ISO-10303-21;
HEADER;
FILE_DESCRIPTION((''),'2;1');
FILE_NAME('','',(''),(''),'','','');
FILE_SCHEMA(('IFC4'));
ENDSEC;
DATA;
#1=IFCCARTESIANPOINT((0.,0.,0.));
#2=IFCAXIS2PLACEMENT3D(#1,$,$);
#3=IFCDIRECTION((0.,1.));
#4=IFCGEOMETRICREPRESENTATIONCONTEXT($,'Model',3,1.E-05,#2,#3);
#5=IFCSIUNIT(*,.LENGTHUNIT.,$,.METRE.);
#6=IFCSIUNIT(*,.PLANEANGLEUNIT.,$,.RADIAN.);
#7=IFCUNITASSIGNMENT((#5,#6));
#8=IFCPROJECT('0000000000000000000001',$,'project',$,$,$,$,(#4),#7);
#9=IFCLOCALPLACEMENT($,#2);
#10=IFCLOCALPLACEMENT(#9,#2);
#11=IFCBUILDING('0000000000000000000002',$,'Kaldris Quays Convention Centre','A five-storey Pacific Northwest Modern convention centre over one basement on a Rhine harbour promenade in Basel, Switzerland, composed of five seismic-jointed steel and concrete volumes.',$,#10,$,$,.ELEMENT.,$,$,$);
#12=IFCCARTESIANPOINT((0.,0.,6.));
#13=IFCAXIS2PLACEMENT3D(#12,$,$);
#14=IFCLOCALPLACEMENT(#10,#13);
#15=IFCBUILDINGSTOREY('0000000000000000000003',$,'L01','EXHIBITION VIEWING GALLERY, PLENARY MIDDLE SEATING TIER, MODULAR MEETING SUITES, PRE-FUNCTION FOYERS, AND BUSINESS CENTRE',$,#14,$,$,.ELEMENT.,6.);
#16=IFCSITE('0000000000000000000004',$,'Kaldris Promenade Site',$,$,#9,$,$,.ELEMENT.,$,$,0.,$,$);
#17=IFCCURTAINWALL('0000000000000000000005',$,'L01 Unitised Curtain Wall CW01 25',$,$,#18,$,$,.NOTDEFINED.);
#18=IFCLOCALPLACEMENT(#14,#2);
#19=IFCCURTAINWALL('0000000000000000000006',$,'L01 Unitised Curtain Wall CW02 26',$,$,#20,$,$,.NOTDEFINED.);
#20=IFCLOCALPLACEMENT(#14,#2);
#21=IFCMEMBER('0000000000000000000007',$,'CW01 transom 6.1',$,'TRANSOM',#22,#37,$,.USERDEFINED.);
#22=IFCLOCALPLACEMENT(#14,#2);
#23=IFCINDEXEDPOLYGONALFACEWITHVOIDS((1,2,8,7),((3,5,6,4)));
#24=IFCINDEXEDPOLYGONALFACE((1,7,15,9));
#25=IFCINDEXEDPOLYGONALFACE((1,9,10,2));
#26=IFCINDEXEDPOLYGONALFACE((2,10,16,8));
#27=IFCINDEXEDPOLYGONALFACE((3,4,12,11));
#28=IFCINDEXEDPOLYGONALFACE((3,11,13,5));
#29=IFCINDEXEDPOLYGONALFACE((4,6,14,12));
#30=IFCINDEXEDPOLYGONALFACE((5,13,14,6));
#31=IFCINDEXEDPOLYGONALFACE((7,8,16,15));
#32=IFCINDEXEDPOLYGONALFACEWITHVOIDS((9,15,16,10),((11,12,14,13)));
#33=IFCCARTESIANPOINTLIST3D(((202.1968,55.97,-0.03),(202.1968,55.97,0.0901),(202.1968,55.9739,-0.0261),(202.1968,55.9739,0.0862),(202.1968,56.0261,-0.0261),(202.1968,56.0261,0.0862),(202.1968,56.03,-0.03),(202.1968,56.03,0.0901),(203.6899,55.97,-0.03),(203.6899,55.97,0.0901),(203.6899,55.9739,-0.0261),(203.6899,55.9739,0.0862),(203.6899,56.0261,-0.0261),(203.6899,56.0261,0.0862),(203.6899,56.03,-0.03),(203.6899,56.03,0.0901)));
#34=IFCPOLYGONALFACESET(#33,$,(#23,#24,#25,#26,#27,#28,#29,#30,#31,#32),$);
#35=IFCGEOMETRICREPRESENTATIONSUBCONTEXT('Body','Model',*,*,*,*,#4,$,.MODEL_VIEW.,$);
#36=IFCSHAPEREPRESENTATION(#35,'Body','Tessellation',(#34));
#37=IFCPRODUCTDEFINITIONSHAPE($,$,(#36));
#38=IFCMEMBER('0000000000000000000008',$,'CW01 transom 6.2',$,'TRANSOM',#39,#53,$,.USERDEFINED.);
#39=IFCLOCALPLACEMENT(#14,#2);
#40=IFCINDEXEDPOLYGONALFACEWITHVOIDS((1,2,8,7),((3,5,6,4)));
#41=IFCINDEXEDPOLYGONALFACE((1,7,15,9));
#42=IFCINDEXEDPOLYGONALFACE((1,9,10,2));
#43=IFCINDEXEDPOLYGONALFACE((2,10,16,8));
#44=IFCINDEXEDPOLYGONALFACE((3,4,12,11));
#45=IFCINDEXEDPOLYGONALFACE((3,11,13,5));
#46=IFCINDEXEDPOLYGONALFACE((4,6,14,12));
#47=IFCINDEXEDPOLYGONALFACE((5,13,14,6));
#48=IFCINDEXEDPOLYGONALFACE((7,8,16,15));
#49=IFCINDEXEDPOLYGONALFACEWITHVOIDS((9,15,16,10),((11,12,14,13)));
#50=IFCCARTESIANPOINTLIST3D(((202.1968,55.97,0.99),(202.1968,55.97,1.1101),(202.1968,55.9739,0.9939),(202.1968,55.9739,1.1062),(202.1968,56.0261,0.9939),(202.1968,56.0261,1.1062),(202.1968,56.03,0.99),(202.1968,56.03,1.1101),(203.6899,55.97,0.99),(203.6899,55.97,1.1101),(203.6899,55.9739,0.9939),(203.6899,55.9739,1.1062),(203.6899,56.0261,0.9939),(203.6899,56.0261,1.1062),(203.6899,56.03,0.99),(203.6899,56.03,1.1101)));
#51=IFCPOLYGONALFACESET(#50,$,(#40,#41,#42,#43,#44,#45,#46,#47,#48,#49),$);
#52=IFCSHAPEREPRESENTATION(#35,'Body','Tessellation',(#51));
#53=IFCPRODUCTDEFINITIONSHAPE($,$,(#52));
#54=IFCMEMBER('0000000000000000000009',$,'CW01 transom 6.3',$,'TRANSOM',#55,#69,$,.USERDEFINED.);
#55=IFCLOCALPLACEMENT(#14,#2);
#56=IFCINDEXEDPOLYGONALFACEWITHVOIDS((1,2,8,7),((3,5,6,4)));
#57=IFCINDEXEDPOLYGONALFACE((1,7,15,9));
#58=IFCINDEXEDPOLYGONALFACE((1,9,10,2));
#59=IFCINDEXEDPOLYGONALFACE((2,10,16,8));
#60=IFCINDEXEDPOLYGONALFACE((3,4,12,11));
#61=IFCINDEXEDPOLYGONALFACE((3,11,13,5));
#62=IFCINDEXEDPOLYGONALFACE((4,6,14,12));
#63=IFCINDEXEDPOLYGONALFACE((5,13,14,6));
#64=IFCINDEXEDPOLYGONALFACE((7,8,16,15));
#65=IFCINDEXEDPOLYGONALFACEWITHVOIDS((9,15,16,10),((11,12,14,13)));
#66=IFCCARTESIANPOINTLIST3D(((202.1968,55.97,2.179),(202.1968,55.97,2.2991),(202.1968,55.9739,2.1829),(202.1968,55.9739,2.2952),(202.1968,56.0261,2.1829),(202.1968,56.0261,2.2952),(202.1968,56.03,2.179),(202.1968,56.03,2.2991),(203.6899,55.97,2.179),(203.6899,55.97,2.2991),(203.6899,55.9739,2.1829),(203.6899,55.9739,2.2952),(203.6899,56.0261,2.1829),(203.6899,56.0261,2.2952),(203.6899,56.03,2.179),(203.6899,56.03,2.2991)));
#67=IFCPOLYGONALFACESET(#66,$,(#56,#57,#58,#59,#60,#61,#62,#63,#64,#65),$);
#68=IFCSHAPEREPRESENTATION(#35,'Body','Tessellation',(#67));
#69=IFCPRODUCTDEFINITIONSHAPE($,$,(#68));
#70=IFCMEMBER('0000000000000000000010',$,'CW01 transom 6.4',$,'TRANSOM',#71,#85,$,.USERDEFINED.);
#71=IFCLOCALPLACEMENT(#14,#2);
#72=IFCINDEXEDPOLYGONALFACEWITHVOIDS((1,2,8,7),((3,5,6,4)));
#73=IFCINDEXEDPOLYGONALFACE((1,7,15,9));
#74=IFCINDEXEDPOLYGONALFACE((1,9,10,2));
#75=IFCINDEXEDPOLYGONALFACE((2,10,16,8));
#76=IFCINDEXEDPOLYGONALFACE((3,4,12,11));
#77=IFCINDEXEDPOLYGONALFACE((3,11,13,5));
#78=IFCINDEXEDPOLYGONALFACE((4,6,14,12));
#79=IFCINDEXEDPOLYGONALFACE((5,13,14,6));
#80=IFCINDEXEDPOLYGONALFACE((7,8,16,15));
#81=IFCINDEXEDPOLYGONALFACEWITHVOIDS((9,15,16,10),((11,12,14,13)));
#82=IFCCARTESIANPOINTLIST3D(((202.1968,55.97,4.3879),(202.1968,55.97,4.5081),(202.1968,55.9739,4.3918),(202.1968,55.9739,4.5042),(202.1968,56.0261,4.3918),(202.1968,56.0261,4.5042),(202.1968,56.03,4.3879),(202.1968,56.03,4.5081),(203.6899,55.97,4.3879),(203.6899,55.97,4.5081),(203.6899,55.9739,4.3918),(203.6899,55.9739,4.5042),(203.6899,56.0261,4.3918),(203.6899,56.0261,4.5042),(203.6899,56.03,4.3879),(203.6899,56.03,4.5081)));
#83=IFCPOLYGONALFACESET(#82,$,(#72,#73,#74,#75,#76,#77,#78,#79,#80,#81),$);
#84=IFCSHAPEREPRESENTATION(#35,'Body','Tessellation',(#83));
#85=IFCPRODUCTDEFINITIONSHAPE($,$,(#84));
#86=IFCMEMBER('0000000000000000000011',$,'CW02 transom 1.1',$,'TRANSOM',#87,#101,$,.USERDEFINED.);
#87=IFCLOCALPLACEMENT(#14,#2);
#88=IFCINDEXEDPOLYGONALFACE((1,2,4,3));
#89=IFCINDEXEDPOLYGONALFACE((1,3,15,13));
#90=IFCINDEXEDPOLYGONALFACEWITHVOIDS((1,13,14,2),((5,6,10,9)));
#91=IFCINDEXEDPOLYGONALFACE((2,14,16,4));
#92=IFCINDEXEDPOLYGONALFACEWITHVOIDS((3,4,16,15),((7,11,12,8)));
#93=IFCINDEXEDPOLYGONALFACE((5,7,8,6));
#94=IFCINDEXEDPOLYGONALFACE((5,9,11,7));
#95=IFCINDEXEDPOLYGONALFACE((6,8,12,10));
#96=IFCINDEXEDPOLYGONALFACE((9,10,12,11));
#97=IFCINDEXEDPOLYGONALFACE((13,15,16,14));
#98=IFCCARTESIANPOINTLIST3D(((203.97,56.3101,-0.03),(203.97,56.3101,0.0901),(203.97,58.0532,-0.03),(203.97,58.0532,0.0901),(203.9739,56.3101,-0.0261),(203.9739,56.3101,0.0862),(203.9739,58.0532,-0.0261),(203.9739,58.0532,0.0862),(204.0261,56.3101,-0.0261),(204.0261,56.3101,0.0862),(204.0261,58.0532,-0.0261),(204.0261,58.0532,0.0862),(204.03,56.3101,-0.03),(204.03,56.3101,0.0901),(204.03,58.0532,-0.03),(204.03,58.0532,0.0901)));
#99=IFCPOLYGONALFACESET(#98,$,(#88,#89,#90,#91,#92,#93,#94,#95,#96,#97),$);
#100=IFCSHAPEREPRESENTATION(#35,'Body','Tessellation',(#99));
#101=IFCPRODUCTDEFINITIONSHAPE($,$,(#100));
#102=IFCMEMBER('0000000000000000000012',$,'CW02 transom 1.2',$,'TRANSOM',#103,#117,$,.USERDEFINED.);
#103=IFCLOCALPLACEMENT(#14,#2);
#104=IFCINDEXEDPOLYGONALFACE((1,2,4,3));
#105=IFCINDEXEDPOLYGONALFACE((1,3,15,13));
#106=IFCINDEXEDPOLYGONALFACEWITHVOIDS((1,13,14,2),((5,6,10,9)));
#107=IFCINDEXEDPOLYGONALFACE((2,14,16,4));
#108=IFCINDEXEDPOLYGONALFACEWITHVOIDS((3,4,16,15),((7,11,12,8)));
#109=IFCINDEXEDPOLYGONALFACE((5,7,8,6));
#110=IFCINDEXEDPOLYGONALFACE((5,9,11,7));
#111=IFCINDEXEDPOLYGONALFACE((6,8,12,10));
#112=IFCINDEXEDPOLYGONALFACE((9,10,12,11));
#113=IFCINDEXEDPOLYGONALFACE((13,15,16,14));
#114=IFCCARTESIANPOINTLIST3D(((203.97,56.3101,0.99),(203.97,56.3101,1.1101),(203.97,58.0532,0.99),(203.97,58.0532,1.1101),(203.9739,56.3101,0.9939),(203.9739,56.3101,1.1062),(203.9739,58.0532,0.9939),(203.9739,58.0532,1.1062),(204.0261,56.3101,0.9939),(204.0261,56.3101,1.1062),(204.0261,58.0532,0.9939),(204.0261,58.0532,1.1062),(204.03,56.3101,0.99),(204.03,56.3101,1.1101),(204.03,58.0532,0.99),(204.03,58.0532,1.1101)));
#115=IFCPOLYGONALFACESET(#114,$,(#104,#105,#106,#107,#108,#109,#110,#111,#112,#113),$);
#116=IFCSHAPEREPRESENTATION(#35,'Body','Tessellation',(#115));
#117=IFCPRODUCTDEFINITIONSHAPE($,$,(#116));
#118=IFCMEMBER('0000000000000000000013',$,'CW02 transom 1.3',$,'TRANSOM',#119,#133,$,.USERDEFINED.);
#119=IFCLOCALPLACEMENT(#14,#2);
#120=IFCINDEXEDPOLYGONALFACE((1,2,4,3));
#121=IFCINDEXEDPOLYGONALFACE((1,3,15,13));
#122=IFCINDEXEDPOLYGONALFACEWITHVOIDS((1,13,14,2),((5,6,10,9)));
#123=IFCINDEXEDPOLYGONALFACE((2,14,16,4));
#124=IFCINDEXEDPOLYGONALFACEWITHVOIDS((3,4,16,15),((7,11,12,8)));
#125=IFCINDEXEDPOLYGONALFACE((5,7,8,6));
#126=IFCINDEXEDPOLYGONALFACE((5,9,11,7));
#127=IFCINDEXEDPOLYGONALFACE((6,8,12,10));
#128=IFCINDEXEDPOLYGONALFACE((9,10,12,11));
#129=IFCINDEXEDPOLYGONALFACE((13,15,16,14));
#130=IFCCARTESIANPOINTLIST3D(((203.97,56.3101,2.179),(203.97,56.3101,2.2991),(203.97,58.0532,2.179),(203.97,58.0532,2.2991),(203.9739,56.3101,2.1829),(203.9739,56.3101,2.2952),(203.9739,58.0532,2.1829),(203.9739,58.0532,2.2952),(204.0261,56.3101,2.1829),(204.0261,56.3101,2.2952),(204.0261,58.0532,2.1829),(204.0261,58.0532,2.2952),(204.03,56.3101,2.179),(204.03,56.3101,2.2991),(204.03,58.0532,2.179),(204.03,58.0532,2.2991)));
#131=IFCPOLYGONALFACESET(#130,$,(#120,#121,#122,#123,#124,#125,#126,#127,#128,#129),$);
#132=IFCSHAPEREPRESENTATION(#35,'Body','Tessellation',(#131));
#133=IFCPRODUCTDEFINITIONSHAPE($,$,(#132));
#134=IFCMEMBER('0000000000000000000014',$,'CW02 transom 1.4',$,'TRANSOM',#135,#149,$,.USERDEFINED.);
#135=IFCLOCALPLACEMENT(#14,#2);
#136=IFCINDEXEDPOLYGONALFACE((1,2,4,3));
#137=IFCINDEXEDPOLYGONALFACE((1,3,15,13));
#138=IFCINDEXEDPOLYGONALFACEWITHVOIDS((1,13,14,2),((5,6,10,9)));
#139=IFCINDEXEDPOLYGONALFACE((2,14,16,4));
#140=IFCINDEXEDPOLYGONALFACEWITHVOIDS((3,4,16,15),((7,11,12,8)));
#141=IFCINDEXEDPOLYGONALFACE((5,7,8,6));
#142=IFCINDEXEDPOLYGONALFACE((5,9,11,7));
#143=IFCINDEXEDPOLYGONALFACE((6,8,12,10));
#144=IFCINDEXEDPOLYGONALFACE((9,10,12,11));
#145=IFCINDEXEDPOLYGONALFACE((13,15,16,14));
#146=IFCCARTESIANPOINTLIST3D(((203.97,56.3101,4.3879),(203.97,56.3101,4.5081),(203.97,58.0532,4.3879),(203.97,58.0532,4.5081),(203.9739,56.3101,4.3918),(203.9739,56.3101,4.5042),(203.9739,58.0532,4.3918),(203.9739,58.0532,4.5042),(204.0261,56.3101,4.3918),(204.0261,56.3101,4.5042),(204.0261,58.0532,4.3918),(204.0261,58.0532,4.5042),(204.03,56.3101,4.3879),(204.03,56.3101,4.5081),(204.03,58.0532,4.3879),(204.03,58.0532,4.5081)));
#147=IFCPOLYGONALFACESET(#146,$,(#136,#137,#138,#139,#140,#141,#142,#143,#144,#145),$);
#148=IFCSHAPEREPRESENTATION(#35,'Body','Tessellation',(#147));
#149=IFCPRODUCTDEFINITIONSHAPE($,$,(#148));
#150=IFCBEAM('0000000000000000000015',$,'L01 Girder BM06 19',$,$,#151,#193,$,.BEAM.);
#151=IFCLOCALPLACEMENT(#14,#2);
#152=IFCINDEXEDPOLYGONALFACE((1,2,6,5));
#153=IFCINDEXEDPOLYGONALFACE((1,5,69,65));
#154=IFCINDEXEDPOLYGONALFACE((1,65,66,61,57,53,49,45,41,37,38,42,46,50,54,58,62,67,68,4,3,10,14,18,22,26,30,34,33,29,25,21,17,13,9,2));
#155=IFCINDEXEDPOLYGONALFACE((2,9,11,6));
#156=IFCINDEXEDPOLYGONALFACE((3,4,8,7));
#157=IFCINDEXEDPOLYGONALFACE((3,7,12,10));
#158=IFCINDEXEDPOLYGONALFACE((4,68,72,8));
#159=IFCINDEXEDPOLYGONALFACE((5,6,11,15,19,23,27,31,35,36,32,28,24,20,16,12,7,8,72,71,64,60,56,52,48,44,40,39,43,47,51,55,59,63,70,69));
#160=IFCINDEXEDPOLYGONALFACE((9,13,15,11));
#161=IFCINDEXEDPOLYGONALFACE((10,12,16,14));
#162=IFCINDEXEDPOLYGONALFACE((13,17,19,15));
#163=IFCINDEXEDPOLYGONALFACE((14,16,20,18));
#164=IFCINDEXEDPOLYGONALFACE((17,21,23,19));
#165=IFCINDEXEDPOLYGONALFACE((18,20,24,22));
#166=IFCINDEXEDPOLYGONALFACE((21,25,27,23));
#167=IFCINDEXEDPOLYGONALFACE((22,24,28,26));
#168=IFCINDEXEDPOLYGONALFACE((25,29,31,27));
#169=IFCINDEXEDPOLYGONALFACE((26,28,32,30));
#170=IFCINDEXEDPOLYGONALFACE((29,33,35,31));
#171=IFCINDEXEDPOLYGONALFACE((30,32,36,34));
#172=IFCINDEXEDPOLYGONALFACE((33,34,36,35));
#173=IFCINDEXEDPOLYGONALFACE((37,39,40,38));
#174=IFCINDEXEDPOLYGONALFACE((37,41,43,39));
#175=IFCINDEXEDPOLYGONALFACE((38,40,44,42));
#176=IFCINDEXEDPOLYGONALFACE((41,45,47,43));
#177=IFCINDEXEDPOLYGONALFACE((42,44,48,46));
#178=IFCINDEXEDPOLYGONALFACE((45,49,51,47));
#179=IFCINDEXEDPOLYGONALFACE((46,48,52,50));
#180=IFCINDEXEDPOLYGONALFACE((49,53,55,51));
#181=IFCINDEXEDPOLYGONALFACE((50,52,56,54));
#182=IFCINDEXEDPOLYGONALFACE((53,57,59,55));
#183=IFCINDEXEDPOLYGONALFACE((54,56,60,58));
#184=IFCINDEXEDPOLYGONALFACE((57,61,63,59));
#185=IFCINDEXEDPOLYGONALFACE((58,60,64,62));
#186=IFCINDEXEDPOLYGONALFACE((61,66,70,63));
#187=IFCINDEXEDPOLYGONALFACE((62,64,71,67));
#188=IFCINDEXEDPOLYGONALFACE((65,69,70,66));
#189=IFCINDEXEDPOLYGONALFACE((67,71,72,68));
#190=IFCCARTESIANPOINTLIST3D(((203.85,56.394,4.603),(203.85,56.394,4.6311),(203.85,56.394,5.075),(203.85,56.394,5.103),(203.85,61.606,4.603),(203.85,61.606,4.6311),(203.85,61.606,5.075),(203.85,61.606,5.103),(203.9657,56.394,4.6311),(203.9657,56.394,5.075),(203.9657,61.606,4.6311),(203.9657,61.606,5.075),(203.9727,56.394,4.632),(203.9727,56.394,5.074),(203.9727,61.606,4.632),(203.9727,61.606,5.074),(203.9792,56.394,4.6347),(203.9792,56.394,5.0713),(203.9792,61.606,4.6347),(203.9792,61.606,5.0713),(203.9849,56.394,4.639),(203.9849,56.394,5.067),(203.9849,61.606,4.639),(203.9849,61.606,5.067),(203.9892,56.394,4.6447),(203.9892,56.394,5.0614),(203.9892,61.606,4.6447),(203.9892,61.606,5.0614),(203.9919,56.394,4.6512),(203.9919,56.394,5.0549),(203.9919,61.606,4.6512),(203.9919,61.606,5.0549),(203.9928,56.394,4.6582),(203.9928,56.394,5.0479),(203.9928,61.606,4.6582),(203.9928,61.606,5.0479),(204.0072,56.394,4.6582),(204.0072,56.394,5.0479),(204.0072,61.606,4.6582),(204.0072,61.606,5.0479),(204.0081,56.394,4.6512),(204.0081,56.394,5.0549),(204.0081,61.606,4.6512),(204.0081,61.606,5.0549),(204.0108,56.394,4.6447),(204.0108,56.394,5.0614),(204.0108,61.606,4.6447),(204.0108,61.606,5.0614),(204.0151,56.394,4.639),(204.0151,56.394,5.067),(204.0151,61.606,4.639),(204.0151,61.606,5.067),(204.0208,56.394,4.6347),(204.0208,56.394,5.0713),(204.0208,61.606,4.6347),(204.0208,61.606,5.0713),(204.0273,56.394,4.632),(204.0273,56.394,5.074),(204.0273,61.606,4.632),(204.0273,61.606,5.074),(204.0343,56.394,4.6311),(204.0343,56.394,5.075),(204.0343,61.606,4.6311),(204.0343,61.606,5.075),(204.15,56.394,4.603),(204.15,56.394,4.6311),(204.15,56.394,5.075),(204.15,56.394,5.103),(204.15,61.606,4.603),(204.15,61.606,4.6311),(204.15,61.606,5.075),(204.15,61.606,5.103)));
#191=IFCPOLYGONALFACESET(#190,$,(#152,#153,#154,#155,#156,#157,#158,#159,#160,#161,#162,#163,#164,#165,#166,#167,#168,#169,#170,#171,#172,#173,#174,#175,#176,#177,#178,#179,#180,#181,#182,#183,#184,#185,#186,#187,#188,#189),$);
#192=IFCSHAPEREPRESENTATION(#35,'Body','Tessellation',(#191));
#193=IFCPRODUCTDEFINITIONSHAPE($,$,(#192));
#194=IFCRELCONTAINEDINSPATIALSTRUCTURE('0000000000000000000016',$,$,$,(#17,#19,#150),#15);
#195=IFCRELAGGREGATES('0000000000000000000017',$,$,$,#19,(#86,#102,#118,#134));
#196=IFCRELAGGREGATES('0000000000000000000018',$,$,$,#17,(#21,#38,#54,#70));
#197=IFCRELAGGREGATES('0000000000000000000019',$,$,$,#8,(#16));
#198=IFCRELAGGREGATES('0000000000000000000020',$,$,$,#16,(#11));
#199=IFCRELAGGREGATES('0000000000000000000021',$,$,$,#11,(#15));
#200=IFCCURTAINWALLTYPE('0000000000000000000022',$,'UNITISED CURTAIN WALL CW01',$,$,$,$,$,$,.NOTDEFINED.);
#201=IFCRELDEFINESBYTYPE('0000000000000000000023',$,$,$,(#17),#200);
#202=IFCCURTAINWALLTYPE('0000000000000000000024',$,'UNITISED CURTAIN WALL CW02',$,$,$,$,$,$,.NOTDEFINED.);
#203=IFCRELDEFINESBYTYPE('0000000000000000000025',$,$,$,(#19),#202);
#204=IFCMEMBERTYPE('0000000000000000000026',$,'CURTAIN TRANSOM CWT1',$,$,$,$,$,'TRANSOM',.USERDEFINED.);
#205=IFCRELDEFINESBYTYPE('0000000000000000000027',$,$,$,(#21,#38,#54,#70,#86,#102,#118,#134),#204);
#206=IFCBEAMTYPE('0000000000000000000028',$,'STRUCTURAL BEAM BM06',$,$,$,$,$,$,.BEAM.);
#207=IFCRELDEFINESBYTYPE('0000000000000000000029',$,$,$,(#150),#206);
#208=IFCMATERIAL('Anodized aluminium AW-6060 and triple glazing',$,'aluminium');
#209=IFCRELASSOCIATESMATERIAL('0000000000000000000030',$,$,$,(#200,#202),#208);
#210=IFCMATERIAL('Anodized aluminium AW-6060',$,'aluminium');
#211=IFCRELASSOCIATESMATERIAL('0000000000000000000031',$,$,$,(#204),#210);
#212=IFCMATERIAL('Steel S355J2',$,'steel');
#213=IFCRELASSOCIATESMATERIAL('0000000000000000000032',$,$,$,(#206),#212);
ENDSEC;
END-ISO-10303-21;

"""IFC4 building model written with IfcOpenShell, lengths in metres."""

from ifc_helpers import new_model, si_unit, direction, frame, origin, origin_2d, place, context, subcontext, project, spatial, hollow_rectangle, i_section, extrude, material, material_profile, profile_set, type_object, element, aggregate, save


model = new_model("IFC4")

# Units and contexts
model_context = context("Model", 3, precision=1e-05, world=origin(), true_north=direction((0.0, 1.0)))
body_context = subcontext(model_context, "Body", "Model", "MODEL_VIEW")
ifc_project = project(units=[si_unit("LENGTHUNIT", "METRE"), si_unit("PLANEANGLEUNIT", "RADIAN")], contexts=[model_context])

# Site, building, storey
site_placement = place(None, origin())
site = spatial("IfcSite", under=ifc_project, at=site_placement, Name="Kaldris Promenade Site", CompositionType="ELEMENT", RefElevation=0.0)
building_placement = place(site_placement, origin())
building = spatial("IfcBuilding", under=site, at=building_placement, Name="Kaldris Quays Convention Centre", Description="A five-storey Pacific Northwest Modern convention centre over one basement on a Rhine harbour promenade in Basel, Switzerland, composed of five seismic-jointed steel and concrete volumes.", CompositionType="ELEMENT")
storey_placement = place(building_placement, frame((0.0, 0.0, 6.0)))
storey = spatial("IfcBuildingStorey", under=building, at=storey_placement, Name="L01", Description="EXHIBITION VIEWING GALLERY, PLENARY MIDDLE SEATING TIER, MODULAR MEETING SUITES, PRE-FUNCTION FOYERS, AND BUSINESS CENTRE", CompositionType="ELEMENT", Elevation=6.0)

# Shared definitions
ifc_material_1 = material(Name="Steel S355J2", Category="steel")

# Curtain wall
ifc_material_2 = material(Name="Anodized aluminium AW-6060 and triple glazing", Category="aluminium")
curtain_wall_type_1 = type_object("IfcCurtainWallType", Name="UNITISED CURTAIN WALL CW01", PredefinedType="NOTDEFINED", material=ifc_material_2)
curtain_wall_1_placement = place(storey_placement, origin())
curtain_wall_1 = element("IfcCurtainWall", 1, at=curtain_wall_1_placement, inside=storey, type_object=curtain_wall_type_1, Name="L01 Unitised Curtain Wall CW01 25", PredefinedType="NOTDEFINED")
ifc_material_3 = material(Name="Anodized aluminium AW-6060", Category="aluminium")

# Curtain wall
curtain_wall_type_2 = type_object("IfcCurtainWallType", Name="UNITISED CURTAIN WALL CW02", PredefinedType="NOTDEFINED", material=ifc_material_2)
curtain_wall_2_placement = place(storey_placement, origin())
curtain_wall_2 = element("IfcCurtainWall", 2, at=curtain_wall_2_placement, inside=storey, type_object=curtain_wall_type_2, Name="L01 Unitised Curtain Wall CW02 26", PredefinedType="NOTDEFINED")

# Members
ifc_material_profile_1 = material_profile(ifc_material_3, hollow_rectangle(XDim=0.0601, YDim=0.1201, WallThickness=0.0039, at=origin_2d()), Name="RHS 120x60x4")
ifc_profile_set_1 = profile_set([ifc_material_profile_1], Name="Anodized aluminium AW-6060")
member_type_1 = type_object("IfcMemberType", Name="CURTAIN TRANSOM CWT1", ElementType="TRANSOM", PredefinedType="USERDEFINED", material=ifc_profile_set_1)
member_1_placement = place(storey_placement, frame((202.1968, 56.0, 0.03), z_axis=(1.0, 0.0, 0.0), x_axis=(0.0, 1.0, 0.0)))
member_1 = element("IfcMember", 3, at=member_1_placement, type_object=member_type_1, Name="CW01 transom 6.1", ObjectType="TRANSOM", PredefinedType="USERDEFINED", context=body_context, shape_type="SweptSolid", body=[
    extrude(hollow_rectangle(XDim=0.0601, YDim=0.1201, WallThickness=0.0039, at=origin_2d()), origin(), (0.0, 0.0, 1.0), 1.4932),
])
member_2_placement = place(storey_placement, frame((202.1968, 56.0, 1.05), z_axis=(1.0, 0.0, 0.0), x_axis=(0.0, 1.0, 0.0)))
member_2 = element("IfcMember", 4, at=member_2_placement, type_object=member_type_1, Name="CW01 transom 6.2", ObjectType="TRANSOM", PredefinedType="USERDEFINED", context=body_context, shape_type="SweptSolid", body=[
    extrude(hollow_rectangle(XDim=0.0601, YDim=0.1201, WallThickness=0.0039, at=origin_2d()), origin(), (0.0, 0.0, 1.0), 1.4932),
])
member_3_placement = place(storey_placement, frame((202.1968, 56.0, 2.239), z_axis=(1.0, 0.0, 0.0), x_axis=(0.0, 1.0, 0.0)))
member_3 = element("IfcMember", 5, at=member_3_placement, type_object=member_type_1, Name="CW01 transom 6.3", ObjectType="TRANSOM", PredefinedType="USERDEFINED", context=body_context, shape_type="SweptSolid", body=[
    extrude(hollow_rectangle(XDim=0.0601, YDim=0.1201, WallThickness=0.0039, at=origin_2d()), origin(), (0.0, 0.0, 1.0), 1.4932),
])
member_4_placement = place(storey_placement, frame((202.1968, 56.0, 4.448), z_axis=(1.0, 0.0, 0.0), x_axis=(0.0, 1.0, 0.0)))
member_4 = element("IfcMember", 6, at=member_4_placement, type_object=member_type_1, Name="CW01 transom 6.4", ObjectType="TRANSOM", PredefinedType="USERDEFINED", context=body_context, shape_type="SweptSolid", body=[
    extrude(hollow_rectangle(XDim=0.0601, YDim=0.1201, WallThickness=0.0039, at=origin_2d()), origin(), (0.0, 0.0, 1.0), 1.4932),
])
member_5_placement = place(storey_placement, frame((204.0, 56.3101, 0.03), z_axis=(0.0, 1.0, 0.0), x_axis=(-1.0, 0.0, 0.0)))
member_5 = element("IfcMember", 7, at=member_5_placement, type_object=member_type_1, Name="CW02 transom 1.1", ObjectType="TRANSOM", PredefinedType="USERDEFINED", context=body_context, shape_type="SweptSolid", body=[
    extrude(hollow_rectangle(XDim=0.0601, YDim=0.1201, WallThickness=0.0039, at=origin_2d()), origin(), (0.0, 0.0, 1.0), 1.7432),
])
member_6_placement = place(storey_placement, frame((204.0, 56.3101, 1.05), z_axis=(0.0, 1.0, 0.0), x_axis=(-1.0, 0.0, 0.0)))
member_6 = element("IfcMember", 8, at=member_6_placement, type_object=member_type_1, Name="CW02 transom 1.2", ObjectType="TRANSOM", PredefinedType="USERDEFINED", context=body_context, shape_type="SweptSolid", body=[
    extrude(hollow_rectangle(XDim=0.0601, YDim=0.1201, WallThickness=0.0039, at=origin_2d()), origin(), (0.0, 0.0, 1.0), 1.7432),
])
member_7_placement = place(storey_placement, frame((204.0, 56.3101, 2.239), z_axis=(0.0, 1.0, 0.0), x_axis=(-1.0, 0.0, 0.0)))
member_7 = element("IfcMember", 9, at=member_7_placement, type_object=member_type_1, Name="CW02 transom 1.3", ObjectType="TRANSOM", PredefinedType="USERDEFINED", context=body_context, shape_type="SweptSolid", body=[
    extrude(hollow_rectangle(XDim=0.0601, YDim=0.1201, WallThickness=0.0039, at=origin_2d()), origin(), (0.0, 0.0, 1.0), 1.7432),
])
member_8_placement = place(storey_placement, frame((204.0, 56.3101, 4.448), z_axis=(0.0, 1.0, 0.0), x_axis=(-1.0, 0.0, 0.0)))
member_8 = element("IfcMember", 10, at=member_8_placement, type_object=member_type_1, Name="CW02 transom 1.4", ObjectType="TRANSOM", PredefinedType="USERDEFINED", context=body_context, shape_type="SweptSolid", body=[
    extrude(hollow_rectangle(XDim=0.0601, YDim=0.1201, WallThickness=0.0039, at=origin_2d()), origin(), (0.0, 0.0, 1.0), 1.7432),
])
aggregate(curtain_wall_2, [member_5, member_6, member_7, member_8])

# Beam
ifc_material_profile_2 = material_profile(ifc_material_1, i_section(OverallWidth=0.3, OverallDepth=0.5, WebThickness=0.0144, FlangeThickness=0.0281, FilletRadius=0.0271, at=origin_2d()), Name="HEB 500")
ifc_profile_set_2 = profile_set([ifc_material_profile_2], Name="Steel S355J2")
beam_type = type_object("IfcBeamType", Name="STRUCTURAL BEAM BM06", PredefinedType="BEAM", material=ifc_profile_set_2)
beam_placement = place(storey_placement, frame((204.0, 56.394, 4.853), z_axis=(0.0, 1.0, 0.0), x_axis=(-1.0, 0.0, 0.0)))
element("IfcBeam", 11, at=beam_placement, inside=storey, type_object=beam_type, Name="L01 Girder BM06 19", PredefinedType="BEAM", context=body_context, shape_type="SweptSolid", body=[
    extrude(i_section(OverallWidth=0.3, OverallDepth=0.5, WebThickness=0.0144, FlangeThickness=0.0281, FilletRadius=0.0271, at=origin_2d()), origin(), (0.0, 0.0, 1.0), 5.2119),
])

aggregate(curtain_wall_1, [member_1, member_2, member_3, member_4])

save(model, "model.ifc")
